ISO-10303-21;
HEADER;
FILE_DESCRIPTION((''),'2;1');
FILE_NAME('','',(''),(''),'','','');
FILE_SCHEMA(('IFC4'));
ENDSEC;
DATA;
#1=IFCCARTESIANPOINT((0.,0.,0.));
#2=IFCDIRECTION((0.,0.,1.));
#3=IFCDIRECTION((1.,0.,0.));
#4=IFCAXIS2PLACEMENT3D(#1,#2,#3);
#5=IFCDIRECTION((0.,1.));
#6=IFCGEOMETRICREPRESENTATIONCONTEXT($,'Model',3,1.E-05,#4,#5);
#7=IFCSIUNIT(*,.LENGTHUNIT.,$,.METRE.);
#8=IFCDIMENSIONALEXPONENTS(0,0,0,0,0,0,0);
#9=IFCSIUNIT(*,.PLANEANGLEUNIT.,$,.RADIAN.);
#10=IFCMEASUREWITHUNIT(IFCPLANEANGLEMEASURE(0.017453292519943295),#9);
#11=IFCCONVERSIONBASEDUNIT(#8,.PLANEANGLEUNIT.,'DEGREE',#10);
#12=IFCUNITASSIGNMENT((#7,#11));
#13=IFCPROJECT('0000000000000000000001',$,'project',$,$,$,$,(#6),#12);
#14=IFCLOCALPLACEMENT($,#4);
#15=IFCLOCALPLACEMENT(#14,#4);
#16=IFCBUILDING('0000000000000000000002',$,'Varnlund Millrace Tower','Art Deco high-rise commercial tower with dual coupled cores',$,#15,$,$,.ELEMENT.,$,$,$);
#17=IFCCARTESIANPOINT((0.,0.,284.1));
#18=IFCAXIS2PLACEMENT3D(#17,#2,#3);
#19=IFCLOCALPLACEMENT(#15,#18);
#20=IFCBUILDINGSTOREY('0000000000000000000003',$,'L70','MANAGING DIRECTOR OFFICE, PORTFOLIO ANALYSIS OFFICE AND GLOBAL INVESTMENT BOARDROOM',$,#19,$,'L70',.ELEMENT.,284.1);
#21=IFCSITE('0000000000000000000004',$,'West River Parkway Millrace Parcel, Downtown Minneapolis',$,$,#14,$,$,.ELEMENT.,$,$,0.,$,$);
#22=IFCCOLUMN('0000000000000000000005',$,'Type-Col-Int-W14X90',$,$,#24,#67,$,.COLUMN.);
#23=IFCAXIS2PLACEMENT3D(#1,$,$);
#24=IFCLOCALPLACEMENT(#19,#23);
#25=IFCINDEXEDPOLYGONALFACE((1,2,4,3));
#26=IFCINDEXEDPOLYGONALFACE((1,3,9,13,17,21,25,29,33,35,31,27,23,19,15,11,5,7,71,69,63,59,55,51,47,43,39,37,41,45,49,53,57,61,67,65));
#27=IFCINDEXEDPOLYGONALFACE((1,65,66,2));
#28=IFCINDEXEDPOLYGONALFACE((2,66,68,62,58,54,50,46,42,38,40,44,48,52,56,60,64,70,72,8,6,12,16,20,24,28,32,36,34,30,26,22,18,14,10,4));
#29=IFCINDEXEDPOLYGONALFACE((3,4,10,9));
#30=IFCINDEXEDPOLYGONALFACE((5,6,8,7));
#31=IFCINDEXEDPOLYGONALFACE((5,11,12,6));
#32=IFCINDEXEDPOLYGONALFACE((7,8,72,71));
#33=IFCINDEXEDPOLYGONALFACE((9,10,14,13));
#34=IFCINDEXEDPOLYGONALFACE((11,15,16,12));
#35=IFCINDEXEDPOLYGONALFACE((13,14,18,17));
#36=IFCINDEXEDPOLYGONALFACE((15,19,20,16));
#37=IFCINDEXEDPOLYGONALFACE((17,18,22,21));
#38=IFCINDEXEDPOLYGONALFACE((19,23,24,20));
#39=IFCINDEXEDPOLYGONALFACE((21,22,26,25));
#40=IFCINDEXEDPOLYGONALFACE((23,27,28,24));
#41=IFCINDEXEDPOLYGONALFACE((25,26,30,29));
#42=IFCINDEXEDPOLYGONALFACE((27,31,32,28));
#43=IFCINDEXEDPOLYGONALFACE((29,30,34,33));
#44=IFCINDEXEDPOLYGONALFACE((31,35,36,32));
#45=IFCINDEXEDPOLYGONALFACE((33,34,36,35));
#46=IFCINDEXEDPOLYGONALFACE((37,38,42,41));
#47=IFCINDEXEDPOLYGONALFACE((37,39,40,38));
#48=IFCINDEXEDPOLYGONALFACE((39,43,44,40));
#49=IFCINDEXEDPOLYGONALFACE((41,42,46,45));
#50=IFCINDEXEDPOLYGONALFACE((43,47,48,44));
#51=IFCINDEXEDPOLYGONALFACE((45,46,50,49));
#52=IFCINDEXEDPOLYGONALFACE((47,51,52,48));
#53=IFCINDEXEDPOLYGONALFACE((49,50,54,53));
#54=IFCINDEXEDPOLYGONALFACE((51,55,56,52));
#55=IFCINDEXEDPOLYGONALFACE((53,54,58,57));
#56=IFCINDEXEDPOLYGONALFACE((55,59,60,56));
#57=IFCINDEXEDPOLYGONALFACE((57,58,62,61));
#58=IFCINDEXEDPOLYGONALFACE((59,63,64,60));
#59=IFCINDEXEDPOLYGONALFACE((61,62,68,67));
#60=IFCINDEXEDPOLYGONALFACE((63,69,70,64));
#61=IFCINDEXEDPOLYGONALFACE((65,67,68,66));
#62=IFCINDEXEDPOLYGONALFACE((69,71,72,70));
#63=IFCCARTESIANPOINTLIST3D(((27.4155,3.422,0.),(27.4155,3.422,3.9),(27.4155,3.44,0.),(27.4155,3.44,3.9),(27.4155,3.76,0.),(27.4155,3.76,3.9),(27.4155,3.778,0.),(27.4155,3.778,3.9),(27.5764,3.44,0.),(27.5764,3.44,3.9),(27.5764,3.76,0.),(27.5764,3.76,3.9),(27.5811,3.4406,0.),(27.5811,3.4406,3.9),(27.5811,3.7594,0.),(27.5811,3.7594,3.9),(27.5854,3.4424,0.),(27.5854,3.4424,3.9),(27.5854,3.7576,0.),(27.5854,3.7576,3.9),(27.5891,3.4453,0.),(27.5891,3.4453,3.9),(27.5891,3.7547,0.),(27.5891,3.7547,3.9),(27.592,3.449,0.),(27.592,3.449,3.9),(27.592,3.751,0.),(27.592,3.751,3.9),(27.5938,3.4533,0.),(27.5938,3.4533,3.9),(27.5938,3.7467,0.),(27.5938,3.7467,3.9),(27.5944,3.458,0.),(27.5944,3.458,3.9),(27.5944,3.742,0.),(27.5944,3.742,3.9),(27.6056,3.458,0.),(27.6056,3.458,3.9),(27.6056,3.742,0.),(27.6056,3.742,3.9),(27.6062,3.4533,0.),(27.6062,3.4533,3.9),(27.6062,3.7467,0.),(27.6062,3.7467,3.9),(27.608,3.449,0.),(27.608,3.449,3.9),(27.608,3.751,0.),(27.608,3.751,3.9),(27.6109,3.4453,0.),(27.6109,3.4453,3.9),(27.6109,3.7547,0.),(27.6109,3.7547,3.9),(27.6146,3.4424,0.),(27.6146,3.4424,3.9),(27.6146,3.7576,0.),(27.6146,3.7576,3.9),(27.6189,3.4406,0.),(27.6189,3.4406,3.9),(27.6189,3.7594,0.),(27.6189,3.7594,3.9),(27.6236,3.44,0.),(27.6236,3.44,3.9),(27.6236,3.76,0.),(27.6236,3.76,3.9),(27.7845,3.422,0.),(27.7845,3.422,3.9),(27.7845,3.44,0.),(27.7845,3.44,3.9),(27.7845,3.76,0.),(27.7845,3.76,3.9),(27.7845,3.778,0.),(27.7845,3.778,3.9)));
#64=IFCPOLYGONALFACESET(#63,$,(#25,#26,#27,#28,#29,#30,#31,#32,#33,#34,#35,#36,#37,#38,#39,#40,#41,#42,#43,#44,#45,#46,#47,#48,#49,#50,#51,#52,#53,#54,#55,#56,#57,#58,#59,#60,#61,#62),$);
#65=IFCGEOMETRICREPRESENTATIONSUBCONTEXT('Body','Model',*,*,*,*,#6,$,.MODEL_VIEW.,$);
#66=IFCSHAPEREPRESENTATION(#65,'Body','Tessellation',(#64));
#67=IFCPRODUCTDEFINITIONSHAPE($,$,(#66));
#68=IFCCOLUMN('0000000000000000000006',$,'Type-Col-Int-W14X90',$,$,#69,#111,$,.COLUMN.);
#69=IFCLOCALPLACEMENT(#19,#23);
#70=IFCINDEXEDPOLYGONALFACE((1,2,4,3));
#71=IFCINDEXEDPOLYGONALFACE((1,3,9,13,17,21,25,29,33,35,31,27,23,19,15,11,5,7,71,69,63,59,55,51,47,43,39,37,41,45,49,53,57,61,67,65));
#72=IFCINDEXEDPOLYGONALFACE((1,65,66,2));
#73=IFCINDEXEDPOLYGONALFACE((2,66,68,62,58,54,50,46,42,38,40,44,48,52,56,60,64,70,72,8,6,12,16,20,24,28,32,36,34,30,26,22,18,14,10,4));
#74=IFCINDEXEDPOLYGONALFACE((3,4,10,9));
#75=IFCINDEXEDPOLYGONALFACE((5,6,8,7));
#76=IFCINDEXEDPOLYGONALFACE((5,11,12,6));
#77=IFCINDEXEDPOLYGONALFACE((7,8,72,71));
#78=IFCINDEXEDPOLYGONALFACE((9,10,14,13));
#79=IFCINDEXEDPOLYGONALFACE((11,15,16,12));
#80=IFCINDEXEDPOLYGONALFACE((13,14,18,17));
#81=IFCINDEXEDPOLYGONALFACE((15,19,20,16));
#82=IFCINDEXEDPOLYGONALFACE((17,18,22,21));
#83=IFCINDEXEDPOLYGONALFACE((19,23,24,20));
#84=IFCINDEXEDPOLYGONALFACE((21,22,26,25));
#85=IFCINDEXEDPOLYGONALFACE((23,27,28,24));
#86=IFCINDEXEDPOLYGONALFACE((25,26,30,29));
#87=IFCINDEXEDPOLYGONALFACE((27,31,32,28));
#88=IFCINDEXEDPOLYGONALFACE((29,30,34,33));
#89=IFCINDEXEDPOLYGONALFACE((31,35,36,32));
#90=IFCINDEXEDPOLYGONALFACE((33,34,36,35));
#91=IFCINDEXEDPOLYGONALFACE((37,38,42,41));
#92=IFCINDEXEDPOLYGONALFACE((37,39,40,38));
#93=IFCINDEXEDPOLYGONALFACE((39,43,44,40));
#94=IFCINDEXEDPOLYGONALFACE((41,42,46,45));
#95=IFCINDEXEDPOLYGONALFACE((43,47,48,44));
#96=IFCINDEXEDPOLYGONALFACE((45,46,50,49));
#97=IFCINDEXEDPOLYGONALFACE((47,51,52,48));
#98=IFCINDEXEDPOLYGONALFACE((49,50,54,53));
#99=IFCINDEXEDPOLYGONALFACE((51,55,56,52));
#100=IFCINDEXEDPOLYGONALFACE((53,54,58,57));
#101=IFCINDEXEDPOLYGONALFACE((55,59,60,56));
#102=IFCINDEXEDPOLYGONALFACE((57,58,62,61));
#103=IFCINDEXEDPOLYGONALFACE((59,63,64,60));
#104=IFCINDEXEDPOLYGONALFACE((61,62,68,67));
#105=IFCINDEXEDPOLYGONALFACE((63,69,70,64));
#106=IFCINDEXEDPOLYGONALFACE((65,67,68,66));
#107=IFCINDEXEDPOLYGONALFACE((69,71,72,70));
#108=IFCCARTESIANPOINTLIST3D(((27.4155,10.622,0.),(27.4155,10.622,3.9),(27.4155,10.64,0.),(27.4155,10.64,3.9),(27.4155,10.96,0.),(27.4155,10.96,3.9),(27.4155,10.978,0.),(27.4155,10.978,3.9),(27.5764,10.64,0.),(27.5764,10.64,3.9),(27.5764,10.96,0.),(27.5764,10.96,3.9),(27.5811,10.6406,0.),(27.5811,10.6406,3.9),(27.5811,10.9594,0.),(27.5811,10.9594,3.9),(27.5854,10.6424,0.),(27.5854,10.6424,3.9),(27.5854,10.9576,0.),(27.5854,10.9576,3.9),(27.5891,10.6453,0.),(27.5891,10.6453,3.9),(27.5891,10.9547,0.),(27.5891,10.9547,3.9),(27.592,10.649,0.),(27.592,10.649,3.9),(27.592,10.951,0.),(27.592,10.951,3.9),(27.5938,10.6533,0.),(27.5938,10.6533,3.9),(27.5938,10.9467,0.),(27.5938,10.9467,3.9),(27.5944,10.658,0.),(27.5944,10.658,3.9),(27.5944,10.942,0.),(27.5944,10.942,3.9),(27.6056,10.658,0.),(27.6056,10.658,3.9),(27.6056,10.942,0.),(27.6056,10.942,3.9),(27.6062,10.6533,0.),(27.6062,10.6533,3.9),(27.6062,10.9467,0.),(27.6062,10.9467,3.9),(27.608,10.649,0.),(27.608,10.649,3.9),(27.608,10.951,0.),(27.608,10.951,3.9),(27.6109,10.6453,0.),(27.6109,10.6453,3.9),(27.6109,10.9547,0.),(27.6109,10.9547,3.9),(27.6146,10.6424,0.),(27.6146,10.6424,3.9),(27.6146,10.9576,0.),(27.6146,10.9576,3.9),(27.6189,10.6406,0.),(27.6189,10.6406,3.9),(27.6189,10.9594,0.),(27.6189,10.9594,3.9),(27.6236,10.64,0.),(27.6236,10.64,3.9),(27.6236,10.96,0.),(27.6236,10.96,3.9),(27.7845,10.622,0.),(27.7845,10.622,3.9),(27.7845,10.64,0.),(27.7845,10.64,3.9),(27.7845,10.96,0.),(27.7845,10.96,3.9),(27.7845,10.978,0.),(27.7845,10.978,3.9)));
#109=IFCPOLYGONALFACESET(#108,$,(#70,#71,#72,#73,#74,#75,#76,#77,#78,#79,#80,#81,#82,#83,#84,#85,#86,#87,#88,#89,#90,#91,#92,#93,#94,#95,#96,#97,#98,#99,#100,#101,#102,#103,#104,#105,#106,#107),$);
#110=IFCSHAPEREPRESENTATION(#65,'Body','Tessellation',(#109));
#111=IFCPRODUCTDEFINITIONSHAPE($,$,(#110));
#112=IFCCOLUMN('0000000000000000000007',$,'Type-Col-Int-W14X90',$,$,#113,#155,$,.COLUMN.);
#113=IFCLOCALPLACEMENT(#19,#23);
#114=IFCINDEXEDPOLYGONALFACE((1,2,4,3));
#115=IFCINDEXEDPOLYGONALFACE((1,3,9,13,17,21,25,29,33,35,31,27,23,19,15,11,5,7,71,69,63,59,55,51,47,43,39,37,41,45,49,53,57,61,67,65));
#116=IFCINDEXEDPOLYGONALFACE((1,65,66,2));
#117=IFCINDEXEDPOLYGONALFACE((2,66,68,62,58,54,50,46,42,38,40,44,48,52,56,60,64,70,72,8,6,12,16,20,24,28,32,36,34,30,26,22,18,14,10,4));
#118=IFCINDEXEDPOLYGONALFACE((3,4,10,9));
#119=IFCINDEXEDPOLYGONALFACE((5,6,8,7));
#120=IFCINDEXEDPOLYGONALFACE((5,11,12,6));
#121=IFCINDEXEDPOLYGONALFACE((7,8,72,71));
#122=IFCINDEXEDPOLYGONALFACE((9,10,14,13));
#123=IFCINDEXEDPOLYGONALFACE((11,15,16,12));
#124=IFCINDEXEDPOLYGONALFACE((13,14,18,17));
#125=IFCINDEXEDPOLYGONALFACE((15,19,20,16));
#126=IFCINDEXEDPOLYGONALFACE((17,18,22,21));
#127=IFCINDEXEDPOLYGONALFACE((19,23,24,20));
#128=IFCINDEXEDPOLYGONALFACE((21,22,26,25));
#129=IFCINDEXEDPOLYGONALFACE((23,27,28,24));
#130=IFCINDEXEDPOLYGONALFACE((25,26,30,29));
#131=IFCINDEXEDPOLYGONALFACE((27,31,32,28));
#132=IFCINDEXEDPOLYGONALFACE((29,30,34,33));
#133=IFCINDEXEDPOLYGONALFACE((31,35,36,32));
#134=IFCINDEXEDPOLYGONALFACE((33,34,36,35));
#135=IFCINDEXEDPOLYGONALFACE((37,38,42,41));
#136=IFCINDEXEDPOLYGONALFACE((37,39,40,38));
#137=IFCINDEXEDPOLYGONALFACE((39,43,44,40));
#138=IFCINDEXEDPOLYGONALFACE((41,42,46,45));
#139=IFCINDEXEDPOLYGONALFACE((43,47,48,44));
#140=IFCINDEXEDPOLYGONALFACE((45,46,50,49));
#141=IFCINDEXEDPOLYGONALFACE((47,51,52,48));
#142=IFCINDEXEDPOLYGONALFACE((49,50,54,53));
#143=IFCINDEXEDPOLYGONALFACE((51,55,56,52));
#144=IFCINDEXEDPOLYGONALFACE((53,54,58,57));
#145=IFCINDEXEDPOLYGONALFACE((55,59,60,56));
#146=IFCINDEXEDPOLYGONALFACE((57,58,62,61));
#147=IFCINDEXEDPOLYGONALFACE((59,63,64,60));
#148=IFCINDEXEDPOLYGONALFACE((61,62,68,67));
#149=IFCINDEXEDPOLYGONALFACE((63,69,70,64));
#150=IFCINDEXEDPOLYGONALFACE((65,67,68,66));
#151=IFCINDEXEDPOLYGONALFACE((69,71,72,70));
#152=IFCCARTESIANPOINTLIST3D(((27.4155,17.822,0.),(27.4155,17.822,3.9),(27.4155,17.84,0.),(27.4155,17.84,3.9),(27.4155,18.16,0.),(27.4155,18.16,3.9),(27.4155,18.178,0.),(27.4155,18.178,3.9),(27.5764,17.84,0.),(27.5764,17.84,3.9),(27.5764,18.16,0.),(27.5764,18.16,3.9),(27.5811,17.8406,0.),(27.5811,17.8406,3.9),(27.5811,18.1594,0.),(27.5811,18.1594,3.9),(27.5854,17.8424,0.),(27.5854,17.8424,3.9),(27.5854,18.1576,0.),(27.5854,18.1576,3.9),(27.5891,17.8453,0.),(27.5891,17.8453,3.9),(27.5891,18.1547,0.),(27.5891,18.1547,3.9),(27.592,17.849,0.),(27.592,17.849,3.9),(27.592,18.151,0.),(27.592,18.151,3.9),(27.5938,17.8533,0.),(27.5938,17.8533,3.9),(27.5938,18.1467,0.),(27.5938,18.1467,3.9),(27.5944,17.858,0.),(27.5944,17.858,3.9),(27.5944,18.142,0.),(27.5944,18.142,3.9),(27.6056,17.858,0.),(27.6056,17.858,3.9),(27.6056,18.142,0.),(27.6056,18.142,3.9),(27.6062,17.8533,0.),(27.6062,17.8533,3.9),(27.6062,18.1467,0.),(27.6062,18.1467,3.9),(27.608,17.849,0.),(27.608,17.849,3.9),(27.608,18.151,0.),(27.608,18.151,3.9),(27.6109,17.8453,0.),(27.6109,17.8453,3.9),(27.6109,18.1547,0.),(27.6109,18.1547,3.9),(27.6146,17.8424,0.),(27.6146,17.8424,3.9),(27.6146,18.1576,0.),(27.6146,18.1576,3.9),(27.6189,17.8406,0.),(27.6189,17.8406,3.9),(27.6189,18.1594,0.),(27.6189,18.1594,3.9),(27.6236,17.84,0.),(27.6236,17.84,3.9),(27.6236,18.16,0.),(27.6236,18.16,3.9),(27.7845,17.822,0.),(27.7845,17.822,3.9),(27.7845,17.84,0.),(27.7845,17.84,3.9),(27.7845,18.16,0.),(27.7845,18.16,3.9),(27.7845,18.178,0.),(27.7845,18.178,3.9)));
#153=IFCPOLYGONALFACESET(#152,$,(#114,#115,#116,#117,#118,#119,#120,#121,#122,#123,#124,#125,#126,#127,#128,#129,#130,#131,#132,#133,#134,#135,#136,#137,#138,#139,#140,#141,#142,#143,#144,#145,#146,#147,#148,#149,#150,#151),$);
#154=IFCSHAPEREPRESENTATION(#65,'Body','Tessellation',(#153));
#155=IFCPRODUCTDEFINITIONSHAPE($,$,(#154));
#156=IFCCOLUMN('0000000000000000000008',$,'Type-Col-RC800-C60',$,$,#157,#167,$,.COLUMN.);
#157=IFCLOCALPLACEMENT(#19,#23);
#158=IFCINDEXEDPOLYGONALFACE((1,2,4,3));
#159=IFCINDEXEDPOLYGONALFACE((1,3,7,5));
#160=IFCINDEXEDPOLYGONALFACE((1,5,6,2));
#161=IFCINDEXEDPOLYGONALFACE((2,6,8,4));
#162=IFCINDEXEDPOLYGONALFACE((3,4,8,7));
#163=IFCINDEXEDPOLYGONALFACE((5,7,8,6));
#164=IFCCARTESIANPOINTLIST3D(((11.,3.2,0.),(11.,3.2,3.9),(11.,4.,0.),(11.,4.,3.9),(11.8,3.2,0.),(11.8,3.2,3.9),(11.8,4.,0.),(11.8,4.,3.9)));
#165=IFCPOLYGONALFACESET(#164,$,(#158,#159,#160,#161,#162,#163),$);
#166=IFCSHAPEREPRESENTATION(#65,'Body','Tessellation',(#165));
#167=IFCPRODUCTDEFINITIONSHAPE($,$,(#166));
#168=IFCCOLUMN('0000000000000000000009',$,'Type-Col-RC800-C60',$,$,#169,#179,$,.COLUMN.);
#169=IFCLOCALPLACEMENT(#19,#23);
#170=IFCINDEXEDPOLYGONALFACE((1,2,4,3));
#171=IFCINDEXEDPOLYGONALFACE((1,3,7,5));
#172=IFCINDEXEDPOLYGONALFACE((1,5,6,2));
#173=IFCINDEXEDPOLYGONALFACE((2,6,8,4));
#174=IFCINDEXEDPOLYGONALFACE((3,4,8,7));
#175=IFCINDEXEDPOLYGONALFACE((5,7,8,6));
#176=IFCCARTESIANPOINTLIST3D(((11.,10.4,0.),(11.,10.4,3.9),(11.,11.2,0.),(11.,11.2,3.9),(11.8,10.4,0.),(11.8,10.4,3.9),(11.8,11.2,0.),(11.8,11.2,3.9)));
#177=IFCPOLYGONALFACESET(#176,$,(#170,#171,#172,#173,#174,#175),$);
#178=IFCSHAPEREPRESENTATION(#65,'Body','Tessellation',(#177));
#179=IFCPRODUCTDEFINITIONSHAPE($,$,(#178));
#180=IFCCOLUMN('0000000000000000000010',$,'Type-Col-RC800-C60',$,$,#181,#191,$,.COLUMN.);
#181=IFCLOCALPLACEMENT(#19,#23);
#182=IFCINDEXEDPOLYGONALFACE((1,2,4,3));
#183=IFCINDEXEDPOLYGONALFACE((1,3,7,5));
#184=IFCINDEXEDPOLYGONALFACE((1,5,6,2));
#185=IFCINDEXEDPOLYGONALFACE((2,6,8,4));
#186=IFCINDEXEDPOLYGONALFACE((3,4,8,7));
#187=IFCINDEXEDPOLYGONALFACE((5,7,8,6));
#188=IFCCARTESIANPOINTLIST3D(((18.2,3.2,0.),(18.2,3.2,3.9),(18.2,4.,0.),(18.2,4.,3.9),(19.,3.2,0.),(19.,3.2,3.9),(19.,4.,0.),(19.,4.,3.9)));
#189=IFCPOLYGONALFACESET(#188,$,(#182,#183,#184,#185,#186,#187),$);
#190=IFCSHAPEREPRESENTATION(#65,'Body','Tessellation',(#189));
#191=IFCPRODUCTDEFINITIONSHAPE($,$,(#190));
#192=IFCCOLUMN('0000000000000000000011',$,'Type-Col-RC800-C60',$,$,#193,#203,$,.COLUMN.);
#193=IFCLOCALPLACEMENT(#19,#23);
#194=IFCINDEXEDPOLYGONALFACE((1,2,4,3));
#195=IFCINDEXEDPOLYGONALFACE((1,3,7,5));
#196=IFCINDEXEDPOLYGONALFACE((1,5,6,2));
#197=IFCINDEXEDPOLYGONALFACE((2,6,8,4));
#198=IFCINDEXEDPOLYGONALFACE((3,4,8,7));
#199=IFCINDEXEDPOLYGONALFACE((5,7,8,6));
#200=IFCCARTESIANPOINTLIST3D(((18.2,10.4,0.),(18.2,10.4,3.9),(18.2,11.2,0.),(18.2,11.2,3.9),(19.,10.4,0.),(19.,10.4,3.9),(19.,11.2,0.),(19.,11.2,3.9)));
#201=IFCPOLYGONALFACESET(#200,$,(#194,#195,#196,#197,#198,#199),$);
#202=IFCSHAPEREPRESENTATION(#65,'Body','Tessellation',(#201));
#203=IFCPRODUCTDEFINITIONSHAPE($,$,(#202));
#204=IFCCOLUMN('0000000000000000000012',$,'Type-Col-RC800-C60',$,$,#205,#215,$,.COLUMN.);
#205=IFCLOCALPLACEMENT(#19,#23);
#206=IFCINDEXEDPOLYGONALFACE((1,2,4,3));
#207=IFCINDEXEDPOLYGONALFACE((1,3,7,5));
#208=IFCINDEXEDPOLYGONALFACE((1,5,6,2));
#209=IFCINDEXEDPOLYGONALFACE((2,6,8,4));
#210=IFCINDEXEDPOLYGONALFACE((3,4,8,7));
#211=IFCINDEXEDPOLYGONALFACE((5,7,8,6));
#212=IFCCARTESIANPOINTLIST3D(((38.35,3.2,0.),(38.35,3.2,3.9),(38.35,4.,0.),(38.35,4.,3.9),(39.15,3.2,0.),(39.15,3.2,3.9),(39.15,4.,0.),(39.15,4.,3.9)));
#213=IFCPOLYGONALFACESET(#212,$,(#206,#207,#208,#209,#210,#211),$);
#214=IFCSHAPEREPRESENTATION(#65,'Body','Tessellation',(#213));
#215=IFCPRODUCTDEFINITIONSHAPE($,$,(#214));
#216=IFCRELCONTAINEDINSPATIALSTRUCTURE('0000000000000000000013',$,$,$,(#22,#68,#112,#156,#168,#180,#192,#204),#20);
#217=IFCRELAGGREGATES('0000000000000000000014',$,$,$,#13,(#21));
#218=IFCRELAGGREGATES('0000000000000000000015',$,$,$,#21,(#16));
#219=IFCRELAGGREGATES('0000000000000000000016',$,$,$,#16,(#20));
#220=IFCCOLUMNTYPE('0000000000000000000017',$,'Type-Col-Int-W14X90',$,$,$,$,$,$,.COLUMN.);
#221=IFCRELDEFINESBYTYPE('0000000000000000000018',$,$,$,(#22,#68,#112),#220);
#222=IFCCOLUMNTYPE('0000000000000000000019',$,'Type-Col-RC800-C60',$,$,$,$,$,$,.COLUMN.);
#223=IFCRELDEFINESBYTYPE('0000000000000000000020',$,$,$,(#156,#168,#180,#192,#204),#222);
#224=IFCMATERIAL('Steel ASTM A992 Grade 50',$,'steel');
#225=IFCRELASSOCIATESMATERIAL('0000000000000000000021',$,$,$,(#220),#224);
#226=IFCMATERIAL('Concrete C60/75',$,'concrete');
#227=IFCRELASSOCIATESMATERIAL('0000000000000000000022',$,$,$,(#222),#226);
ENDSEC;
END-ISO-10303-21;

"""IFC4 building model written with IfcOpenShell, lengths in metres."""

from ifc_helpers import new_model, entity, si_unit, converted_unit, direction, frame, origin_with_axes, origin_2d_with_axis, place, context, subcontext, project, spatial, rectangle, i_section, extrude, material, material_profile, profile_set, type_object, element, save


model = new_model("IFC4")

# Units and contexts
model_context = context("Model", 3, precision=1e-05, world=origin_with_axes(), true_north=direction((0.0, 1.0)))
body_context = subcontext(model_context, "Body", "Model", "MODEL_VIEW")
ifc_project = project(units=[si_unit("LENGTHUNIT", "METRE"), converted_unit("PLANEANGLEUNIT", "DEGREE", entity("IfcPlaneAngleMeasure", 0.017453292519943295), si_unit("PLANEANGLEUNIT", "RADIAN"), dimensions=[0, 0, 0, 0, 0, 0, 0])], contexts=[model_context])

# Site, building, storey
site_placement = place(None, origin_with_axes())
site = spatial("IfcSite", under=ifc_project, at=site_placement, Name="West River Parkway Millrace Parcel, Downtown Minneapolis", CompositionType="ELEMENT", RefElevation=0.0)
building_placement = place(site_placement, origin_with_axes())
building = spatial("IfcBuilding", under=site, at=building_placement, Name="Varnlund Millrace Tower", Description="Art Deco high-rise commercial tower with dual coupled cores", CompositionType="ELEMENT")
storey_placement = place(building_placement, frame((0.0, 0.0, 284.1), z_axis=(0.0, 0.0, 1.0), x_axis=(1.0, 0.0, 0.0)))
storey = spatial("IfcBuildingStorey", under=building, at=storey_placement, Name="L70", Description="MANAGING DIRECTOR OFFICE, PORTFOLIO ANALYSIS OFFICE AND GLOBAL INVESTMENT BOARDROOM", LongName="L70", CompositionType="ELEMENT", Elevation=284.1)

# Columns
ifc_material_1 = material(Name="Steel ASTM A992 Grade 50", Category="steel")
ifc_material_profile_1 = material_profile(ifc_material_1, i_section(OverallWidth=0.369, OverallDepth=0.356, WebThickness=0.0112, FlangeThickness=0.018, FilletRadius=0.018, at=origin_2d_with_axis()), Name="Steel ASTM A992 Grade 50")
ifc_profile_set_1 = profile_set([ifc_material_profile_1], Name="Steel ASTM A992 Grade 50")
column_type_1 = type_object("IfcColumnType", Name="Type-Col-Int-W14X90", PredefinedType="COLUMN", material=ifc_profile_set_1)
for number, where, z_axis, x_axis, name in (
    (1, (27.6, 3.6, 0.0), (0.0, 0.0, 1.0), (1.0, 0.0, 0.0), "Type-Col-Int-W14X90"),
    (2, (27.6, 10.8, 0.0), (0.0, 0.0, 1.0), (1.0, 0.0, 0.0), "Type-Col-Int-W14X90"),
    (3, (27.6, 18.0, 0.0), (0.0, 0.0, 1.0), (1.0, 0.0, 0.0), "Type-Col-Int-W14X90"),
):
    element("IfcColumn", number, at=place(storey_placement, frame(where, z_axis=z_axis, x_axis=x_axis)), inside=storey, type_object=column_type_1, Name=name, PredefinedType="COLUMN", context=body_context, shape_type="SweptSolid", body=[
        extrude(i_section(OverallWidth=0.369, OverallDepth=0.356, WebThickness=0.0112, FlangeThickness=0.018, FilletRadius=0.018, at=origin_2d_with_axis()), origin_with_axes(), (0.0, 0.0, 1.0), 3.9),
    ])
ifc_material_2 = material(Name="Concrete C60/75", Category="concrete")
ifc_material_profile_2 = material_profile(ifc_material_2, rectangle(XDim=0.8, YDim=0.8, at=origin_2d_with_axis()), Name="Concrete C60/75")
ifc_profile_set_2 = profile_set([ifc_material_profile_2], Name="Concrete C60/75")
column_type_2 = type_object("IfcColumnType", Name="Type-Col-RC800-C60", PredefinedType="COLUMN", material=ifc_profile_set_2)
for number, where, z_axis, x_axis, name in (
    (4, (11.4, 3.6, 0.0), (0.0, 0.0, 1.0), (1.0, 0.0, 0.0), "Type-Col-RC800-C60"),
    (5, (11.4, 10.8, 0.0), (0.0, 0.0, 1.0), (1.0, 0.0, 0.0), "Type-Col-RC800-C60"),
    (6, (18.6, 3.6, 0.0), (0.0, 0.0, 1.0), (1.0, 0.0, 0.0), "Type-Col-RC800-C60"),
    (7, (18.6, 10.8, 0.0), (0.0, 0.0, 1.0), (1.0, 0.0, 0.0), "Type-Col-RC800-C60"),
    (8, (38.75, 3.6, 0.0), (0.0, 0.0, 1.0), (1.0, 0.0, 0.0), "Type-Col-RC800-C60"),
):
    element("IfcColumn", number, at=place(storey_placement, frame(where, z_axis=z_axis, x_axis=x_axis)), inside=storey, type_object=column_type_2, Name=name, PredefinedType="COLUMN", context=body_context, shape_type="SweptSolid", body=[
        extrude(rectangle(XDim=0.8, YDim=0.8, at=origin_2d_with_axis()), origin_with_axes(), (0.0, 0.0, 1.0), 3.9),
    ])

save(model, "model.ifc")
